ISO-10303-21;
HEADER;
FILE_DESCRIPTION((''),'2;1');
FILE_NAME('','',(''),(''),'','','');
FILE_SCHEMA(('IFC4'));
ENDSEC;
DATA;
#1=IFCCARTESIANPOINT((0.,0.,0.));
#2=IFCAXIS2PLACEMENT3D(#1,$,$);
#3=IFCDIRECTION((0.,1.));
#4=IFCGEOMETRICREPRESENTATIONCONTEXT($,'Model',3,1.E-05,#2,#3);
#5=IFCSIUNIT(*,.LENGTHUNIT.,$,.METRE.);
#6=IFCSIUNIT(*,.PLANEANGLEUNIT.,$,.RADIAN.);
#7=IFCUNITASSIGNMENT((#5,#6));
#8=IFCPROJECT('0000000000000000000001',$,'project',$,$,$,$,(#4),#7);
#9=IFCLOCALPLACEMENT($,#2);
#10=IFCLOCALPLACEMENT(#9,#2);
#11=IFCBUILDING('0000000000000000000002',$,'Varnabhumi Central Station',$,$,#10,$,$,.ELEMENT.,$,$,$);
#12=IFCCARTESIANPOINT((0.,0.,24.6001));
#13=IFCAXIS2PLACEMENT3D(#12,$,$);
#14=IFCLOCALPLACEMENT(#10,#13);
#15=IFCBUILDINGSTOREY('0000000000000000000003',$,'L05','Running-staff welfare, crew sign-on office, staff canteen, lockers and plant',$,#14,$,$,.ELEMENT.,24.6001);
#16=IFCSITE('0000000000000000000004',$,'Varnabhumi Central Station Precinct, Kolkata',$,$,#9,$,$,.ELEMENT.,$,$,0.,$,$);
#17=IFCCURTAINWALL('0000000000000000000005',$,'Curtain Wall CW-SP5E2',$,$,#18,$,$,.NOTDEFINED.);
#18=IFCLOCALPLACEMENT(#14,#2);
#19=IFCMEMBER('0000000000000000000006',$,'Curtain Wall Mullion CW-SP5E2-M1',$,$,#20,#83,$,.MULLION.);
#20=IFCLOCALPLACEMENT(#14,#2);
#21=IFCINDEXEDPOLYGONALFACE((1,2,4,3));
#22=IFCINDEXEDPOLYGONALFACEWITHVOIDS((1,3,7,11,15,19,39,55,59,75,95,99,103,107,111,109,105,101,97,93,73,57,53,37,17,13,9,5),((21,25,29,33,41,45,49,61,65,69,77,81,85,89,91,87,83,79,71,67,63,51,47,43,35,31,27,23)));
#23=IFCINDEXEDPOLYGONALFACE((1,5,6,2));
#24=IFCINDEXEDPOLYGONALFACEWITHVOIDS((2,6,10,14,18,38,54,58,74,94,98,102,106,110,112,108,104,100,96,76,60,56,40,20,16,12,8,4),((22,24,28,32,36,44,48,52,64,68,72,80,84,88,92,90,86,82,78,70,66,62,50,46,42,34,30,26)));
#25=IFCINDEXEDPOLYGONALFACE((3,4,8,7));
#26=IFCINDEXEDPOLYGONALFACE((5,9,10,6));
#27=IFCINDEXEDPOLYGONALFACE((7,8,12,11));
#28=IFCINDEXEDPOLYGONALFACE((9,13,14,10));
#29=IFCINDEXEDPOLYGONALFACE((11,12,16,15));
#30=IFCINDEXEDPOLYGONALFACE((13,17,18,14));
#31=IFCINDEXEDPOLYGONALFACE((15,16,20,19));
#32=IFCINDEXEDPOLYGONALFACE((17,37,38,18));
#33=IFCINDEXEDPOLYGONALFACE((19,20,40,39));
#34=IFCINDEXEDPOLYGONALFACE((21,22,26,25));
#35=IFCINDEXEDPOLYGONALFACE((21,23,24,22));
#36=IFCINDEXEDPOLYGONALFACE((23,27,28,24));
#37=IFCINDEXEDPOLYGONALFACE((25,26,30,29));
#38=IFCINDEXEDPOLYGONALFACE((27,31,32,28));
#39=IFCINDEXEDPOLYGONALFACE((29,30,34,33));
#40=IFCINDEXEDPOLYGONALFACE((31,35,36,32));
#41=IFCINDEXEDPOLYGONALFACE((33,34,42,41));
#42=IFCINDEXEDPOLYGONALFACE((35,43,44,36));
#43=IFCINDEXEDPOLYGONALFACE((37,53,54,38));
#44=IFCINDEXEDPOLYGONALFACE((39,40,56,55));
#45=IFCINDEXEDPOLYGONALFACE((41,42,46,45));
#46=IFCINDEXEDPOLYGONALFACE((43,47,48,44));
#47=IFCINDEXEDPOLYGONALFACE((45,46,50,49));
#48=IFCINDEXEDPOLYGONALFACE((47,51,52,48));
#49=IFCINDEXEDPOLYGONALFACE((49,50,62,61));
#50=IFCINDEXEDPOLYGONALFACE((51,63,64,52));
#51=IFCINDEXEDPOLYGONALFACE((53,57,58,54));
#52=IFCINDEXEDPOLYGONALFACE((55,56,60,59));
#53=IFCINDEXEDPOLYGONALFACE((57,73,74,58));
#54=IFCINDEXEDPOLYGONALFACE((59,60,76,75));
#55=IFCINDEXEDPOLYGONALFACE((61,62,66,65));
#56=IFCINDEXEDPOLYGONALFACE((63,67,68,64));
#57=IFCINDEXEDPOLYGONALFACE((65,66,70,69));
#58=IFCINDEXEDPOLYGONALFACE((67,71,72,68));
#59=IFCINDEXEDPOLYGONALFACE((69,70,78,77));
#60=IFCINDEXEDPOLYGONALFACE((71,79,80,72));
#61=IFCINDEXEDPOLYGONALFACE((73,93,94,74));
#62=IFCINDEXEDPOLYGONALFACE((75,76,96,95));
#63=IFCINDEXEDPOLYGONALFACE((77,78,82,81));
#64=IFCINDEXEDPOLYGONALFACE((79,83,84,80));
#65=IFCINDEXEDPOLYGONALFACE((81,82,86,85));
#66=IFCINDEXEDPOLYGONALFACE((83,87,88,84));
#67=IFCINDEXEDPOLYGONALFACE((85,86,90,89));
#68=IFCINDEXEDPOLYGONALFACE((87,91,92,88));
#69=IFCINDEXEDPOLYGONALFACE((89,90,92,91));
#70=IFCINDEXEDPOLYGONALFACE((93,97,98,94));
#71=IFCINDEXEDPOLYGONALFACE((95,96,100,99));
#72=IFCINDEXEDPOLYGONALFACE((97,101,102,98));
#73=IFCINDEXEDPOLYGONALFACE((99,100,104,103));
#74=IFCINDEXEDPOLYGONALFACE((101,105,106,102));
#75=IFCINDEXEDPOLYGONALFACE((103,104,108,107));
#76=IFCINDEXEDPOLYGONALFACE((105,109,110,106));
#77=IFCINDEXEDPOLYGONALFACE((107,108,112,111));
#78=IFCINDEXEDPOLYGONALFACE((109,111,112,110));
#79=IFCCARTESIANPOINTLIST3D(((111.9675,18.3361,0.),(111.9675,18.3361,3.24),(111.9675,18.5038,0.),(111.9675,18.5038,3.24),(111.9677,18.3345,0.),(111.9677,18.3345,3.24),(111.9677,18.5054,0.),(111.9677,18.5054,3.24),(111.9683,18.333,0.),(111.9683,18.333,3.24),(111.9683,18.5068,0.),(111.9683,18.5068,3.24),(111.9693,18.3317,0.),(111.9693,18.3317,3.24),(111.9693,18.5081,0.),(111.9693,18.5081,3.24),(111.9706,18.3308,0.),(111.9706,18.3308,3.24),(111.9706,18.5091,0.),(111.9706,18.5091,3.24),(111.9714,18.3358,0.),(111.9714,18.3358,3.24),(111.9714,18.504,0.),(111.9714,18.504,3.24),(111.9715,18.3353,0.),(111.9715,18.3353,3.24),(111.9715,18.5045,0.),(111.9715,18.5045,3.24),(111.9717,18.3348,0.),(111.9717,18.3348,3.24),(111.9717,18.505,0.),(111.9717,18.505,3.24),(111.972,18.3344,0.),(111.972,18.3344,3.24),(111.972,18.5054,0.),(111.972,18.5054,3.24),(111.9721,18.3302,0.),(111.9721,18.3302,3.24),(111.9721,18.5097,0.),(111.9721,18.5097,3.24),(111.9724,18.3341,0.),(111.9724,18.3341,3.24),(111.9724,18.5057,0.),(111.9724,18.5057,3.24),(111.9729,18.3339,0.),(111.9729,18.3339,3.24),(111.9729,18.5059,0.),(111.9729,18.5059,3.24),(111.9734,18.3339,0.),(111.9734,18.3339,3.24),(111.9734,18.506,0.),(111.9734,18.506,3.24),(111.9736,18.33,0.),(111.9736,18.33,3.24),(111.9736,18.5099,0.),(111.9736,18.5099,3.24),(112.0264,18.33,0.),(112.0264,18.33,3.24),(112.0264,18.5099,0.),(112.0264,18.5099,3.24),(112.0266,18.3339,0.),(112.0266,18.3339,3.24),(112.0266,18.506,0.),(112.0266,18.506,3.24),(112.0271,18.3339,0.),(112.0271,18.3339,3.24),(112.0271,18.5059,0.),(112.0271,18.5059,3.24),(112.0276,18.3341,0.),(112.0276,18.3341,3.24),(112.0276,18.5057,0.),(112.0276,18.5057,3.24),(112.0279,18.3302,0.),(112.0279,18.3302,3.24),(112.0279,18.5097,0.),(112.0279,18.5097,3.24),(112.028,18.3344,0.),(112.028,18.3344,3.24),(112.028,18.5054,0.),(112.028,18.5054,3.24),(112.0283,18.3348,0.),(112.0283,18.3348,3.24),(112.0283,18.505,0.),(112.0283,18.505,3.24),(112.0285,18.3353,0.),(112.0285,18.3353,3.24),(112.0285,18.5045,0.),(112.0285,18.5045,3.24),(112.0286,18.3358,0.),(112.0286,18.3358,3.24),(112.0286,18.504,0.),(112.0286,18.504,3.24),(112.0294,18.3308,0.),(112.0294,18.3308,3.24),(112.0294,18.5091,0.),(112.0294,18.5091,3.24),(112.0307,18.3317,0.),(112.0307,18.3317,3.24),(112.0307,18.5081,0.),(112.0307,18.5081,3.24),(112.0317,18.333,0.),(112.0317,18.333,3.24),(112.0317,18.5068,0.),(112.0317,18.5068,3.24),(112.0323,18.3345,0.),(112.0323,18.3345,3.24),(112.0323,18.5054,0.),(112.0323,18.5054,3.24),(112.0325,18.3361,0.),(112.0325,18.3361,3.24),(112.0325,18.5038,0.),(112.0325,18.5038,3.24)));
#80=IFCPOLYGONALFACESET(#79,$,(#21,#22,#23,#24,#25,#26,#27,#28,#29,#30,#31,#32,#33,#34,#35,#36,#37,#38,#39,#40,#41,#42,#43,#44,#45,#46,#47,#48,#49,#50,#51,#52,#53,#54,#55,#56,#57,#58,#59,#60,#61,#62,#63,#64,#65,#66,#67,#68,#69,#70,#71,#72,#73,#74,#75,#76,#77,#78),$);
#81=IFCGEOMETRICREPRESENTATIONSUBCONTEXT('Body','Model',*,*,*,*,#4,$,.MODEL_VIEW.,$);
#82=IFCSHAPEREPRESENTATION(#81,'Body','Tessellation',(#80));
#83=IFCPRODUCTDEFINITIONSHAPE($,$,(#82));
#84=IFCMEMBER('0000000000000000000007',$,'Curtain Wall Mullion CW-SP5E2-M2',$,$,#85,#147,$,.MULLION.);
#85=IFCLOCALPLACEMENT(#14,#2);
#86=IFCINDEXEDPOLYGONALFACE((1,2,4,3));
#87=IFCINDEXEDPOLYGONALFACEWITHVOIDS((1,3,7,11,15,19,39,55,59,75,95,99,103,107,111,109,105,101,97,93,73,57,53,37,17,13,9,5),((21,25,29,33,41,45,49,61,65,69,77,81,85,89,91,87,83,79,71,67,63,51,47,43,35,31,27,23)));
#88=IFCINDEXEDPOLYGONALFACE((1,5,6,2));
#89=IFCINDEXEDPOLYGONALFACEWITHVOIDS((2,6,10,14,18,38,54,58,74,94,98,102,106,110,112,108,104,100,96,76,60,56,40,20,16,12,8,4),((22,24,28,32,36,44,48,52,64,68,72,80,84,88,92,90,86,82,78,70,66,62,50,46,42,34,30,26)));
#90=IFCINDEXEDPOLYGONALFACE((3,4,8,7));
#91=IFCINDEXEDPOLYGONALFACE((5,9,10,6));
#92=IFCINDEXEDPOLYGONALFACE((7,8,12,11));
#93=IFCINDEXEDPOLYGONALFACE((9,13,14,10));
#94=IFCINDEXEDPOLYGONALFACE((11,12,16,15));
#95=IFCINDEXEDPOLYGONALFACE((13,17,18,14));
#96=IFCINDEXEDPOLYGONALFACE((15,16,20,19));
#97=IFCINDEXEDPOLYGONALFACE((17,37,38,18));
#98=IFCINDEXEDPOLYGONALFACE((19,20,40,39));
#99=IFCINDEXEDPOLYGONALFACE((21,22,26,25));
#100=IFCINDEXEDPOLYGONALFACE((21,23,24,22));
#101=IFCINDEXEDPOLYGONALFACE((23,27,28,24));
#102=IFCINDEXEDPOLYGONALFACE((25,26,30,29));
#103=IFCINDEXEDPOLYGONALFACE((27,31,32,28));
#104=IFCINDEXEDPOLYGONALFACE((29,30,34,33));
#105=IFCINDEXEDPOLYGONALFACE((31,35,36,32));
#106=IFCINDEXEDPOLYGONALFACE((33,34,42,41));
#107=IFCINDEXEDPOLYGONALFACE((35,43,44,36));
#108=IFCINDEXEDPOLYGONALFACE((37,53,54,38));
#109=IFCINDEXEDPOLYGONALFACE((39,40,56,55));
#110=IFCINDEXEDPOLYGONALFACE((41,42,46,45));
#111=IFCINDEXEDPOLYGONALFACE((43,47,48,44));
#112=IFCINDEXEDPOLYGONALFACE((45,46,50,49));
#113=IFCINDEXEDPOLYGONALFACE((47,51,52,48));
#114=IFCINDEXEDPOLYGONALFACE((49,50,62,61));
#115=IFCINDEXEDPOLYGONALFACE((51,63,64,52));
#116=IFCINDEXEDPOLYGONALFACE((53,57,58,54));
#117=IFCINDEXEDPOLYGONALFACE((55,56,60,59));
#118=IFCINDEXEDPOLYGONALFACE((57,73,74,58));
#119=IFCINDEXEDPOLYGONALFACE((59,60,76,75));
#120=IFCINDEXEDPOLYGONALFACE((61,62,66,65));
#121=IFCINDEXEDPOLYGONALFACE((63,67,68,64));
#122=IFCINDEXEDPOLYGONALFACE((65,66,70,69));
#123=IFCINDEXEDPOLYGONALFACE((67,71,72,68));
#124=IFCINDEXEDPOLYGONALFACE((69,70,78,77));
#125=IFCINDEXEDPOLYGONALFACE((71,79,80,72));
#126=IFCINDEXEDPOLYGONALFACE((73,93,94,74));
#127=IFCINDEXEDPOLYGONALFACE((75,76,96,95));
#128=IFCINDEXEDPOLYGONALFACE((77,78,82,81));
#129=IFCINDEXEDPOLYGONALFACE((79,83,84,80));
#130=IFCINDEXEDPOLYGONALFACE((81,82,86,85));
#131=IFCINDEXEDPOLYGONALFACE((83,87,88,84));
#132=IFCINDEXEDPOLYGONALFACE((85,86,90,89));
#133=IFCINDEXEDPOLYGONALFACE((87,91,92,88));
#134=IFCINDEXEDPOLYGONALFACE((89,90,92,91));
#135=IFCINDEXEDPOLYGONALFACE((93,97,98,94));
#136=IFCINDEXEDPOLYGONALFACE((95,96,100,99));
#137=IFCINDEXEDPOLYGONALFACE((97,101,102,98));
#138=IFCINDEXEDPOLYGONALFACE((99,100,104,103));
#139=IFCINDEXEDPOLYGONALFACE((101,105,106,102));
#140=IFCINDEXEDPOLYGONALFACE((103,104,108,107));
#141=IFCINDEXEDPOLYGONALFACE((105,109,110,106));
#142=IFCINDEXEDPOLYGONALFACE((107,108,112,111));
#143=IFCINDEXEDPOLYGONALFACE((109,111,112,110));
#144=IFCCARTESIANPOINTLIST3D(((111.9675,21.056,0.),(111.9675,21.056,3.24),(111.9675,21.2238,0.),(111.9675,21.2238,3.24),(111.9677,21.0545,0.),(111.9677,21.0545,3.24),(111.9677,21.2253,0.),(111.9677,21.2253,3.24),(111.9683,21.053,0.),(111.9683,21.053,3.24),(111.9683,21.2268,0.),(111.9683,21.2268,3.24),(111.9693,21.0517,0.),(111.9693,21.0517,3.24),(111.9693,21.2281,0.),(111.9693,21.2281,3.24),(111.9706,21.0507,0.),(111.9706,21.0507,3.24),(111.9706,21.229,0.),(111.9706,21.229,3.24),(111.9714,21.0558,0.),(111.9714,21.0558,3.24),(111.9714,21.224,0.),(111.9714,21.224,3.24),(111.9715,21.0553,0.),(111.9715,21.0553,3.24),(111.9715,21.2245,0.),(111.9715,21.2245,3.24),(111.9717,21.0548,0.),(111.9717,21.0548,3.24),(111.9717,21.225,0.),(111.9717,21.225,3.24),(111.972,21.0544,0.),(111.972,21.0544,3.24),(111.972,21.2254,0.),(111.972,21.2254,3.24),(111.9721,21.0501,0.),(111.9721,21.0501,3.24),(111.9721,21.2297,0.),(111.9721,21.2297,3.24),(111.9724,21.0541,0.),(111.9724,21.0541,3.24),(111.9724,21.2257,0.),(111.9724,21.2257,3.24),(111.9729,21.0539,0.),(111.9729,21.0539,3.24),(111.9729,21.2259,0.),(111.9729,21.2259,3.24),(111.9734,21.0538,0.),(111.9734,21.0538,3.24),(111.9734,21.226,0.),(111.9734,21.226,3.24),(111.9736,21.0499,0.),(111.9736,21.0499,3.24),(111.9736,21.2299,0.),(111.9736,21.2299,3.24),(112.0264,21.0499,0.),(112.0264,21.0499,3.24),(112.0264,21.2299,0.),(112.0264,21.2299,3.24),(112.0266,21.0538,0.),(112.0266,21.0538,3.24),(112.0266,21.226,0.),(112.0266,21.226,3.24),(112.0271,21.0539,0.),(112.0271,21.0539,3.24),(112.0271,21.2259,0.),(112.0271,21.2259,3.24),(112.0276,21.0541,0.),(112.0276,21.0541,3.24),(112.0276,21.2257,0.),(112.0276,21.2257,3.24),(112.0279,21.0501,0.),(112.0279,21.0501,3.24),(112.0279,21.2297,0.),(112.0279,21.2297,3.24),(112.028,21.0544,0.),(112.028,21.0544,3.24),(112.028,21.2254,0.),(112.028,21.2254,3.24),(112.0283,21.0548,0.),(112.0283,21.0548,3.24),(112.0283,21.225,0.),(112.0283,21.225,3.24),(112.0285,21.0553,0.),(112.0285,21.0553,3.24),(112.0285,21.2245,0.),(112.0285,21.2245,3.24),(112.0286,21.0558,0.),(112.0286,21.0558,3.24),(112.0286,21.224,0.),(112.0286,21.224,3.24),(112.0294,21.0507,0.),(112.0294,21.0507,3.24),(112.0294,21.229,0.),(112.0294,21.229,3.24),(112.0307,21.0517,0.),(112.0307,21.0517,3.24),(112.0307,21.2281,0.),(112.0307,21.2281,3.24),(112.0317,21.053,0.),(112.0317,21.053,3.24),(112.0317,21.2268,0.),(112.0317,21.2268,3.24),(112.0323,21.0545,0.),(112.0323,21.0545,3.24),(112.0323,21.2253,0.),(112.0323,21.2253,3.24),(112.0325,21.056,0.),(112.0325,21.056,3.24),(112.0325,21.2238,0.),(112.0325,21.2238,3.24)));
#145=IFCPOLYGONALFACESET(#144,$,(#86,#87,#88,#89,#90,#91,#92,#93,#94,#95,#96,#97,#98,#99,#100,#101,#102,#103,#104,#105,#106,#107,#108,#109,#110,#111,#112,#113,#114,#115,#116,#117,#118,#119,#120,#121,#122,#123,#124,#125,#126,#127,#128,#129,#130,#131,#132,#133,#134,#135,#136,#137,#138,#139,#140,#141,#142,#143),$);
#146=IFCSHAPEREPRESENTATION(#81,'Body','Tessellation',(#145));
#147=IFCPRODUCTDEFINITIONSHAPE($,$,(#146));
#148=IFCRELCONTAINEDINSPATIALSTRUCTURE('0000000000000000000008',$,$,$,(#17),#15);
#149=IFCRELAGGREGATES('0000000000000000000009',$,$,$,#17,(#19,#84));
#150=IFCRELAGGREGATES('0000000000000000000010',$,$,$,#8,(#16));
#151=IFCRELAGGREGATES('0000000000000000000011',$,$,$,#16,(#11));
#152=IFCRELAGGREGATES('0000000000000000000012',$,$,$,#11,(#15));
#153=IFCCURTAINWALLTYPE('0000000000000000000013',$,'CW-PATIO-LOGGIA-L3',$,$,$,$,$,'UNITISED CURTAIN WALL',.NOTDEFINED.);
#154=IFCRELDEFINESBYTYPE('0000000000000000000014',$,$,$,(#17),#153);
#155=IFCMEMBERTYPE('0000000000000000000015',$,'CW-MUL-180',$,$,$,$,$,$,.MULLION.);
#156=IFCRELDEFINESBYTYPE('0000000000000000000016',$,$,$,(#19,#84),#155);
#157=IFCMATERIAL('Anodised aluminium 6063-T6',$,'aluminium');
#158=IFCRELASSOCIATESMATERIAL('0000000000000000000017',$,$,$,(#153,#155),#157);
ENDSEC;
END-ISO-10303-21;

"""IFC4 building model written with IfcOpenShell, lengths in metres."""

from ifc_helpers import new_model, si_unit, direction, frame, origin, origin_2d, place, context, subcontext, project, spatial, hollow_rectangle, extrude, material, material_profile, profile_set, type_object, element, aggregate, save


model = new_model("IFC4")

# Units and contexts
model_context = context("Model", 3, precision=1e-05, world=origin(), true_north=direction((0.0, 1.0)))
body_context = subcontext(model_context, "Body", "Model", "MODEL_VIEW")
ifc_project = project(units=[si_unit("LENGTHUNIT", "METRE"), si_unit("PLANEANGLEUNIT", "RADIAN")], contexts=[model_context])

# Site, building, storey
site_placement = place(None, origin())
site = spatial("IfcSite", under=ifc_project, at=site_placement, Name="Varnabhumi Central Station Precinct, Kolkata", CompositionType="ELEMENT", RefElevation=0.0)
building_placement = place(site_placement, origin())
building = spatial("IfcBuilding", under=site, at=building_placement, Name="Varnabhumi Central Station", CompositionType="ELEMENT")
storey_placement = place(building_placement, frame((0.0, 0.0, 24.6001)))
storey = spatial("IfcBuildingStorey", under=building, at=storey_placement, Name="L05", Description="Running-staff welfare, crew sign-on office, staff canteen, lockers and plant", CompositionType="ELEMENT", Elevation=24.6001)

# Curtain wall, members
ifc_material_1 = material(Name="Anodised aluminium 6063-T6", Category="aluminium")
curtain_wall_type = type_object("IfcCurtainWallType", Name="CW-PATIO-LOGGIA-L3", ElementType="UNITISED CURTAIN WALL", PredefinedType="NOTDEFINED", material=ifc_material_1)
ifc_material_profile_1 = material_profile(ifc_material_1, hollow_rectangle(XDim=0.0649, YDim=0.1799, WallThickness=0.0039, InnerFilletRadius=0.002, OuterFilletRadius=0.0061, at=origin_2d()), Name="Anodised aluminium 6063-T6", Category="aluminium")
ifc_profile_set_1 = profile_set([ifc_material_profile_1], Name="Anodised aluminium 6063-T6")
member_type_1 = type_object("IfcMemberType", Name="CW-MUL-180", PredefinedType="MULLION", material=ifc_profile_set_1)
curtain_wall_1_placement = place(storey_placement, origin())
curtain_wall_1 = element("IfcCurtainWall", 1, at=curtain_wall_1_placement, inside=storey, type_object=curtain_wall_type, Name="Curtain Wall CW-SP5E2", PredefinedType="NOTDEFINED")
member_1_placement = place(storey_placement, frame((112.0, 18.4199, 0.0), z_axis=(0.0, 0.0, 1.0), x_axis=(1.0, 0.0, 0.0)))
member_1 = element("IfcMember", 2, at=member_1_placement, type_object=member_type_1, Name="Curtain Wall Mullion CW-SP5E2-M1", PredefinedType="MULLION", context=body_context, shape_type="SweptSolid", body=[
    extrude(hollow_rectangle(XDim=0.0649, YDim=0.1799, WallThickness=0.0039, InnerFilletRadius=0.002, OuterFilletRadius=0.0061, at=origin_2d()), origin(), (0.0, 0.0, 1.0), 3.24),
])
member_2_placement = place(storey_placement, frame((112.0, 21.1399, 0.0), z_axis=(0.0, 0.0, 1.0), x_axis=(1.0, 0.0, 0.0)))
member_2 = element("IfcMember", 3, at=member_2_placement, type_object=member_type_1, Name="Curtain Wall Mullion CW-SP5E2-M2", PredefinedType="MULLION", context=body_context, shape_type="SweptSolid", body=[
    extrude(hollow_rectangle(XDim=0.0649, YDim=0.1799, WallThickness=0.0039, InnerFilletRadius=0.002, OuterFilletRadius=0.0061, at=origin_2d()), origin(), (0.0, 0.0, 1.0), 3.24),
])

aggregate(curtain_wall_1, [member_1, member_2])

save(model, "model.ifc")
